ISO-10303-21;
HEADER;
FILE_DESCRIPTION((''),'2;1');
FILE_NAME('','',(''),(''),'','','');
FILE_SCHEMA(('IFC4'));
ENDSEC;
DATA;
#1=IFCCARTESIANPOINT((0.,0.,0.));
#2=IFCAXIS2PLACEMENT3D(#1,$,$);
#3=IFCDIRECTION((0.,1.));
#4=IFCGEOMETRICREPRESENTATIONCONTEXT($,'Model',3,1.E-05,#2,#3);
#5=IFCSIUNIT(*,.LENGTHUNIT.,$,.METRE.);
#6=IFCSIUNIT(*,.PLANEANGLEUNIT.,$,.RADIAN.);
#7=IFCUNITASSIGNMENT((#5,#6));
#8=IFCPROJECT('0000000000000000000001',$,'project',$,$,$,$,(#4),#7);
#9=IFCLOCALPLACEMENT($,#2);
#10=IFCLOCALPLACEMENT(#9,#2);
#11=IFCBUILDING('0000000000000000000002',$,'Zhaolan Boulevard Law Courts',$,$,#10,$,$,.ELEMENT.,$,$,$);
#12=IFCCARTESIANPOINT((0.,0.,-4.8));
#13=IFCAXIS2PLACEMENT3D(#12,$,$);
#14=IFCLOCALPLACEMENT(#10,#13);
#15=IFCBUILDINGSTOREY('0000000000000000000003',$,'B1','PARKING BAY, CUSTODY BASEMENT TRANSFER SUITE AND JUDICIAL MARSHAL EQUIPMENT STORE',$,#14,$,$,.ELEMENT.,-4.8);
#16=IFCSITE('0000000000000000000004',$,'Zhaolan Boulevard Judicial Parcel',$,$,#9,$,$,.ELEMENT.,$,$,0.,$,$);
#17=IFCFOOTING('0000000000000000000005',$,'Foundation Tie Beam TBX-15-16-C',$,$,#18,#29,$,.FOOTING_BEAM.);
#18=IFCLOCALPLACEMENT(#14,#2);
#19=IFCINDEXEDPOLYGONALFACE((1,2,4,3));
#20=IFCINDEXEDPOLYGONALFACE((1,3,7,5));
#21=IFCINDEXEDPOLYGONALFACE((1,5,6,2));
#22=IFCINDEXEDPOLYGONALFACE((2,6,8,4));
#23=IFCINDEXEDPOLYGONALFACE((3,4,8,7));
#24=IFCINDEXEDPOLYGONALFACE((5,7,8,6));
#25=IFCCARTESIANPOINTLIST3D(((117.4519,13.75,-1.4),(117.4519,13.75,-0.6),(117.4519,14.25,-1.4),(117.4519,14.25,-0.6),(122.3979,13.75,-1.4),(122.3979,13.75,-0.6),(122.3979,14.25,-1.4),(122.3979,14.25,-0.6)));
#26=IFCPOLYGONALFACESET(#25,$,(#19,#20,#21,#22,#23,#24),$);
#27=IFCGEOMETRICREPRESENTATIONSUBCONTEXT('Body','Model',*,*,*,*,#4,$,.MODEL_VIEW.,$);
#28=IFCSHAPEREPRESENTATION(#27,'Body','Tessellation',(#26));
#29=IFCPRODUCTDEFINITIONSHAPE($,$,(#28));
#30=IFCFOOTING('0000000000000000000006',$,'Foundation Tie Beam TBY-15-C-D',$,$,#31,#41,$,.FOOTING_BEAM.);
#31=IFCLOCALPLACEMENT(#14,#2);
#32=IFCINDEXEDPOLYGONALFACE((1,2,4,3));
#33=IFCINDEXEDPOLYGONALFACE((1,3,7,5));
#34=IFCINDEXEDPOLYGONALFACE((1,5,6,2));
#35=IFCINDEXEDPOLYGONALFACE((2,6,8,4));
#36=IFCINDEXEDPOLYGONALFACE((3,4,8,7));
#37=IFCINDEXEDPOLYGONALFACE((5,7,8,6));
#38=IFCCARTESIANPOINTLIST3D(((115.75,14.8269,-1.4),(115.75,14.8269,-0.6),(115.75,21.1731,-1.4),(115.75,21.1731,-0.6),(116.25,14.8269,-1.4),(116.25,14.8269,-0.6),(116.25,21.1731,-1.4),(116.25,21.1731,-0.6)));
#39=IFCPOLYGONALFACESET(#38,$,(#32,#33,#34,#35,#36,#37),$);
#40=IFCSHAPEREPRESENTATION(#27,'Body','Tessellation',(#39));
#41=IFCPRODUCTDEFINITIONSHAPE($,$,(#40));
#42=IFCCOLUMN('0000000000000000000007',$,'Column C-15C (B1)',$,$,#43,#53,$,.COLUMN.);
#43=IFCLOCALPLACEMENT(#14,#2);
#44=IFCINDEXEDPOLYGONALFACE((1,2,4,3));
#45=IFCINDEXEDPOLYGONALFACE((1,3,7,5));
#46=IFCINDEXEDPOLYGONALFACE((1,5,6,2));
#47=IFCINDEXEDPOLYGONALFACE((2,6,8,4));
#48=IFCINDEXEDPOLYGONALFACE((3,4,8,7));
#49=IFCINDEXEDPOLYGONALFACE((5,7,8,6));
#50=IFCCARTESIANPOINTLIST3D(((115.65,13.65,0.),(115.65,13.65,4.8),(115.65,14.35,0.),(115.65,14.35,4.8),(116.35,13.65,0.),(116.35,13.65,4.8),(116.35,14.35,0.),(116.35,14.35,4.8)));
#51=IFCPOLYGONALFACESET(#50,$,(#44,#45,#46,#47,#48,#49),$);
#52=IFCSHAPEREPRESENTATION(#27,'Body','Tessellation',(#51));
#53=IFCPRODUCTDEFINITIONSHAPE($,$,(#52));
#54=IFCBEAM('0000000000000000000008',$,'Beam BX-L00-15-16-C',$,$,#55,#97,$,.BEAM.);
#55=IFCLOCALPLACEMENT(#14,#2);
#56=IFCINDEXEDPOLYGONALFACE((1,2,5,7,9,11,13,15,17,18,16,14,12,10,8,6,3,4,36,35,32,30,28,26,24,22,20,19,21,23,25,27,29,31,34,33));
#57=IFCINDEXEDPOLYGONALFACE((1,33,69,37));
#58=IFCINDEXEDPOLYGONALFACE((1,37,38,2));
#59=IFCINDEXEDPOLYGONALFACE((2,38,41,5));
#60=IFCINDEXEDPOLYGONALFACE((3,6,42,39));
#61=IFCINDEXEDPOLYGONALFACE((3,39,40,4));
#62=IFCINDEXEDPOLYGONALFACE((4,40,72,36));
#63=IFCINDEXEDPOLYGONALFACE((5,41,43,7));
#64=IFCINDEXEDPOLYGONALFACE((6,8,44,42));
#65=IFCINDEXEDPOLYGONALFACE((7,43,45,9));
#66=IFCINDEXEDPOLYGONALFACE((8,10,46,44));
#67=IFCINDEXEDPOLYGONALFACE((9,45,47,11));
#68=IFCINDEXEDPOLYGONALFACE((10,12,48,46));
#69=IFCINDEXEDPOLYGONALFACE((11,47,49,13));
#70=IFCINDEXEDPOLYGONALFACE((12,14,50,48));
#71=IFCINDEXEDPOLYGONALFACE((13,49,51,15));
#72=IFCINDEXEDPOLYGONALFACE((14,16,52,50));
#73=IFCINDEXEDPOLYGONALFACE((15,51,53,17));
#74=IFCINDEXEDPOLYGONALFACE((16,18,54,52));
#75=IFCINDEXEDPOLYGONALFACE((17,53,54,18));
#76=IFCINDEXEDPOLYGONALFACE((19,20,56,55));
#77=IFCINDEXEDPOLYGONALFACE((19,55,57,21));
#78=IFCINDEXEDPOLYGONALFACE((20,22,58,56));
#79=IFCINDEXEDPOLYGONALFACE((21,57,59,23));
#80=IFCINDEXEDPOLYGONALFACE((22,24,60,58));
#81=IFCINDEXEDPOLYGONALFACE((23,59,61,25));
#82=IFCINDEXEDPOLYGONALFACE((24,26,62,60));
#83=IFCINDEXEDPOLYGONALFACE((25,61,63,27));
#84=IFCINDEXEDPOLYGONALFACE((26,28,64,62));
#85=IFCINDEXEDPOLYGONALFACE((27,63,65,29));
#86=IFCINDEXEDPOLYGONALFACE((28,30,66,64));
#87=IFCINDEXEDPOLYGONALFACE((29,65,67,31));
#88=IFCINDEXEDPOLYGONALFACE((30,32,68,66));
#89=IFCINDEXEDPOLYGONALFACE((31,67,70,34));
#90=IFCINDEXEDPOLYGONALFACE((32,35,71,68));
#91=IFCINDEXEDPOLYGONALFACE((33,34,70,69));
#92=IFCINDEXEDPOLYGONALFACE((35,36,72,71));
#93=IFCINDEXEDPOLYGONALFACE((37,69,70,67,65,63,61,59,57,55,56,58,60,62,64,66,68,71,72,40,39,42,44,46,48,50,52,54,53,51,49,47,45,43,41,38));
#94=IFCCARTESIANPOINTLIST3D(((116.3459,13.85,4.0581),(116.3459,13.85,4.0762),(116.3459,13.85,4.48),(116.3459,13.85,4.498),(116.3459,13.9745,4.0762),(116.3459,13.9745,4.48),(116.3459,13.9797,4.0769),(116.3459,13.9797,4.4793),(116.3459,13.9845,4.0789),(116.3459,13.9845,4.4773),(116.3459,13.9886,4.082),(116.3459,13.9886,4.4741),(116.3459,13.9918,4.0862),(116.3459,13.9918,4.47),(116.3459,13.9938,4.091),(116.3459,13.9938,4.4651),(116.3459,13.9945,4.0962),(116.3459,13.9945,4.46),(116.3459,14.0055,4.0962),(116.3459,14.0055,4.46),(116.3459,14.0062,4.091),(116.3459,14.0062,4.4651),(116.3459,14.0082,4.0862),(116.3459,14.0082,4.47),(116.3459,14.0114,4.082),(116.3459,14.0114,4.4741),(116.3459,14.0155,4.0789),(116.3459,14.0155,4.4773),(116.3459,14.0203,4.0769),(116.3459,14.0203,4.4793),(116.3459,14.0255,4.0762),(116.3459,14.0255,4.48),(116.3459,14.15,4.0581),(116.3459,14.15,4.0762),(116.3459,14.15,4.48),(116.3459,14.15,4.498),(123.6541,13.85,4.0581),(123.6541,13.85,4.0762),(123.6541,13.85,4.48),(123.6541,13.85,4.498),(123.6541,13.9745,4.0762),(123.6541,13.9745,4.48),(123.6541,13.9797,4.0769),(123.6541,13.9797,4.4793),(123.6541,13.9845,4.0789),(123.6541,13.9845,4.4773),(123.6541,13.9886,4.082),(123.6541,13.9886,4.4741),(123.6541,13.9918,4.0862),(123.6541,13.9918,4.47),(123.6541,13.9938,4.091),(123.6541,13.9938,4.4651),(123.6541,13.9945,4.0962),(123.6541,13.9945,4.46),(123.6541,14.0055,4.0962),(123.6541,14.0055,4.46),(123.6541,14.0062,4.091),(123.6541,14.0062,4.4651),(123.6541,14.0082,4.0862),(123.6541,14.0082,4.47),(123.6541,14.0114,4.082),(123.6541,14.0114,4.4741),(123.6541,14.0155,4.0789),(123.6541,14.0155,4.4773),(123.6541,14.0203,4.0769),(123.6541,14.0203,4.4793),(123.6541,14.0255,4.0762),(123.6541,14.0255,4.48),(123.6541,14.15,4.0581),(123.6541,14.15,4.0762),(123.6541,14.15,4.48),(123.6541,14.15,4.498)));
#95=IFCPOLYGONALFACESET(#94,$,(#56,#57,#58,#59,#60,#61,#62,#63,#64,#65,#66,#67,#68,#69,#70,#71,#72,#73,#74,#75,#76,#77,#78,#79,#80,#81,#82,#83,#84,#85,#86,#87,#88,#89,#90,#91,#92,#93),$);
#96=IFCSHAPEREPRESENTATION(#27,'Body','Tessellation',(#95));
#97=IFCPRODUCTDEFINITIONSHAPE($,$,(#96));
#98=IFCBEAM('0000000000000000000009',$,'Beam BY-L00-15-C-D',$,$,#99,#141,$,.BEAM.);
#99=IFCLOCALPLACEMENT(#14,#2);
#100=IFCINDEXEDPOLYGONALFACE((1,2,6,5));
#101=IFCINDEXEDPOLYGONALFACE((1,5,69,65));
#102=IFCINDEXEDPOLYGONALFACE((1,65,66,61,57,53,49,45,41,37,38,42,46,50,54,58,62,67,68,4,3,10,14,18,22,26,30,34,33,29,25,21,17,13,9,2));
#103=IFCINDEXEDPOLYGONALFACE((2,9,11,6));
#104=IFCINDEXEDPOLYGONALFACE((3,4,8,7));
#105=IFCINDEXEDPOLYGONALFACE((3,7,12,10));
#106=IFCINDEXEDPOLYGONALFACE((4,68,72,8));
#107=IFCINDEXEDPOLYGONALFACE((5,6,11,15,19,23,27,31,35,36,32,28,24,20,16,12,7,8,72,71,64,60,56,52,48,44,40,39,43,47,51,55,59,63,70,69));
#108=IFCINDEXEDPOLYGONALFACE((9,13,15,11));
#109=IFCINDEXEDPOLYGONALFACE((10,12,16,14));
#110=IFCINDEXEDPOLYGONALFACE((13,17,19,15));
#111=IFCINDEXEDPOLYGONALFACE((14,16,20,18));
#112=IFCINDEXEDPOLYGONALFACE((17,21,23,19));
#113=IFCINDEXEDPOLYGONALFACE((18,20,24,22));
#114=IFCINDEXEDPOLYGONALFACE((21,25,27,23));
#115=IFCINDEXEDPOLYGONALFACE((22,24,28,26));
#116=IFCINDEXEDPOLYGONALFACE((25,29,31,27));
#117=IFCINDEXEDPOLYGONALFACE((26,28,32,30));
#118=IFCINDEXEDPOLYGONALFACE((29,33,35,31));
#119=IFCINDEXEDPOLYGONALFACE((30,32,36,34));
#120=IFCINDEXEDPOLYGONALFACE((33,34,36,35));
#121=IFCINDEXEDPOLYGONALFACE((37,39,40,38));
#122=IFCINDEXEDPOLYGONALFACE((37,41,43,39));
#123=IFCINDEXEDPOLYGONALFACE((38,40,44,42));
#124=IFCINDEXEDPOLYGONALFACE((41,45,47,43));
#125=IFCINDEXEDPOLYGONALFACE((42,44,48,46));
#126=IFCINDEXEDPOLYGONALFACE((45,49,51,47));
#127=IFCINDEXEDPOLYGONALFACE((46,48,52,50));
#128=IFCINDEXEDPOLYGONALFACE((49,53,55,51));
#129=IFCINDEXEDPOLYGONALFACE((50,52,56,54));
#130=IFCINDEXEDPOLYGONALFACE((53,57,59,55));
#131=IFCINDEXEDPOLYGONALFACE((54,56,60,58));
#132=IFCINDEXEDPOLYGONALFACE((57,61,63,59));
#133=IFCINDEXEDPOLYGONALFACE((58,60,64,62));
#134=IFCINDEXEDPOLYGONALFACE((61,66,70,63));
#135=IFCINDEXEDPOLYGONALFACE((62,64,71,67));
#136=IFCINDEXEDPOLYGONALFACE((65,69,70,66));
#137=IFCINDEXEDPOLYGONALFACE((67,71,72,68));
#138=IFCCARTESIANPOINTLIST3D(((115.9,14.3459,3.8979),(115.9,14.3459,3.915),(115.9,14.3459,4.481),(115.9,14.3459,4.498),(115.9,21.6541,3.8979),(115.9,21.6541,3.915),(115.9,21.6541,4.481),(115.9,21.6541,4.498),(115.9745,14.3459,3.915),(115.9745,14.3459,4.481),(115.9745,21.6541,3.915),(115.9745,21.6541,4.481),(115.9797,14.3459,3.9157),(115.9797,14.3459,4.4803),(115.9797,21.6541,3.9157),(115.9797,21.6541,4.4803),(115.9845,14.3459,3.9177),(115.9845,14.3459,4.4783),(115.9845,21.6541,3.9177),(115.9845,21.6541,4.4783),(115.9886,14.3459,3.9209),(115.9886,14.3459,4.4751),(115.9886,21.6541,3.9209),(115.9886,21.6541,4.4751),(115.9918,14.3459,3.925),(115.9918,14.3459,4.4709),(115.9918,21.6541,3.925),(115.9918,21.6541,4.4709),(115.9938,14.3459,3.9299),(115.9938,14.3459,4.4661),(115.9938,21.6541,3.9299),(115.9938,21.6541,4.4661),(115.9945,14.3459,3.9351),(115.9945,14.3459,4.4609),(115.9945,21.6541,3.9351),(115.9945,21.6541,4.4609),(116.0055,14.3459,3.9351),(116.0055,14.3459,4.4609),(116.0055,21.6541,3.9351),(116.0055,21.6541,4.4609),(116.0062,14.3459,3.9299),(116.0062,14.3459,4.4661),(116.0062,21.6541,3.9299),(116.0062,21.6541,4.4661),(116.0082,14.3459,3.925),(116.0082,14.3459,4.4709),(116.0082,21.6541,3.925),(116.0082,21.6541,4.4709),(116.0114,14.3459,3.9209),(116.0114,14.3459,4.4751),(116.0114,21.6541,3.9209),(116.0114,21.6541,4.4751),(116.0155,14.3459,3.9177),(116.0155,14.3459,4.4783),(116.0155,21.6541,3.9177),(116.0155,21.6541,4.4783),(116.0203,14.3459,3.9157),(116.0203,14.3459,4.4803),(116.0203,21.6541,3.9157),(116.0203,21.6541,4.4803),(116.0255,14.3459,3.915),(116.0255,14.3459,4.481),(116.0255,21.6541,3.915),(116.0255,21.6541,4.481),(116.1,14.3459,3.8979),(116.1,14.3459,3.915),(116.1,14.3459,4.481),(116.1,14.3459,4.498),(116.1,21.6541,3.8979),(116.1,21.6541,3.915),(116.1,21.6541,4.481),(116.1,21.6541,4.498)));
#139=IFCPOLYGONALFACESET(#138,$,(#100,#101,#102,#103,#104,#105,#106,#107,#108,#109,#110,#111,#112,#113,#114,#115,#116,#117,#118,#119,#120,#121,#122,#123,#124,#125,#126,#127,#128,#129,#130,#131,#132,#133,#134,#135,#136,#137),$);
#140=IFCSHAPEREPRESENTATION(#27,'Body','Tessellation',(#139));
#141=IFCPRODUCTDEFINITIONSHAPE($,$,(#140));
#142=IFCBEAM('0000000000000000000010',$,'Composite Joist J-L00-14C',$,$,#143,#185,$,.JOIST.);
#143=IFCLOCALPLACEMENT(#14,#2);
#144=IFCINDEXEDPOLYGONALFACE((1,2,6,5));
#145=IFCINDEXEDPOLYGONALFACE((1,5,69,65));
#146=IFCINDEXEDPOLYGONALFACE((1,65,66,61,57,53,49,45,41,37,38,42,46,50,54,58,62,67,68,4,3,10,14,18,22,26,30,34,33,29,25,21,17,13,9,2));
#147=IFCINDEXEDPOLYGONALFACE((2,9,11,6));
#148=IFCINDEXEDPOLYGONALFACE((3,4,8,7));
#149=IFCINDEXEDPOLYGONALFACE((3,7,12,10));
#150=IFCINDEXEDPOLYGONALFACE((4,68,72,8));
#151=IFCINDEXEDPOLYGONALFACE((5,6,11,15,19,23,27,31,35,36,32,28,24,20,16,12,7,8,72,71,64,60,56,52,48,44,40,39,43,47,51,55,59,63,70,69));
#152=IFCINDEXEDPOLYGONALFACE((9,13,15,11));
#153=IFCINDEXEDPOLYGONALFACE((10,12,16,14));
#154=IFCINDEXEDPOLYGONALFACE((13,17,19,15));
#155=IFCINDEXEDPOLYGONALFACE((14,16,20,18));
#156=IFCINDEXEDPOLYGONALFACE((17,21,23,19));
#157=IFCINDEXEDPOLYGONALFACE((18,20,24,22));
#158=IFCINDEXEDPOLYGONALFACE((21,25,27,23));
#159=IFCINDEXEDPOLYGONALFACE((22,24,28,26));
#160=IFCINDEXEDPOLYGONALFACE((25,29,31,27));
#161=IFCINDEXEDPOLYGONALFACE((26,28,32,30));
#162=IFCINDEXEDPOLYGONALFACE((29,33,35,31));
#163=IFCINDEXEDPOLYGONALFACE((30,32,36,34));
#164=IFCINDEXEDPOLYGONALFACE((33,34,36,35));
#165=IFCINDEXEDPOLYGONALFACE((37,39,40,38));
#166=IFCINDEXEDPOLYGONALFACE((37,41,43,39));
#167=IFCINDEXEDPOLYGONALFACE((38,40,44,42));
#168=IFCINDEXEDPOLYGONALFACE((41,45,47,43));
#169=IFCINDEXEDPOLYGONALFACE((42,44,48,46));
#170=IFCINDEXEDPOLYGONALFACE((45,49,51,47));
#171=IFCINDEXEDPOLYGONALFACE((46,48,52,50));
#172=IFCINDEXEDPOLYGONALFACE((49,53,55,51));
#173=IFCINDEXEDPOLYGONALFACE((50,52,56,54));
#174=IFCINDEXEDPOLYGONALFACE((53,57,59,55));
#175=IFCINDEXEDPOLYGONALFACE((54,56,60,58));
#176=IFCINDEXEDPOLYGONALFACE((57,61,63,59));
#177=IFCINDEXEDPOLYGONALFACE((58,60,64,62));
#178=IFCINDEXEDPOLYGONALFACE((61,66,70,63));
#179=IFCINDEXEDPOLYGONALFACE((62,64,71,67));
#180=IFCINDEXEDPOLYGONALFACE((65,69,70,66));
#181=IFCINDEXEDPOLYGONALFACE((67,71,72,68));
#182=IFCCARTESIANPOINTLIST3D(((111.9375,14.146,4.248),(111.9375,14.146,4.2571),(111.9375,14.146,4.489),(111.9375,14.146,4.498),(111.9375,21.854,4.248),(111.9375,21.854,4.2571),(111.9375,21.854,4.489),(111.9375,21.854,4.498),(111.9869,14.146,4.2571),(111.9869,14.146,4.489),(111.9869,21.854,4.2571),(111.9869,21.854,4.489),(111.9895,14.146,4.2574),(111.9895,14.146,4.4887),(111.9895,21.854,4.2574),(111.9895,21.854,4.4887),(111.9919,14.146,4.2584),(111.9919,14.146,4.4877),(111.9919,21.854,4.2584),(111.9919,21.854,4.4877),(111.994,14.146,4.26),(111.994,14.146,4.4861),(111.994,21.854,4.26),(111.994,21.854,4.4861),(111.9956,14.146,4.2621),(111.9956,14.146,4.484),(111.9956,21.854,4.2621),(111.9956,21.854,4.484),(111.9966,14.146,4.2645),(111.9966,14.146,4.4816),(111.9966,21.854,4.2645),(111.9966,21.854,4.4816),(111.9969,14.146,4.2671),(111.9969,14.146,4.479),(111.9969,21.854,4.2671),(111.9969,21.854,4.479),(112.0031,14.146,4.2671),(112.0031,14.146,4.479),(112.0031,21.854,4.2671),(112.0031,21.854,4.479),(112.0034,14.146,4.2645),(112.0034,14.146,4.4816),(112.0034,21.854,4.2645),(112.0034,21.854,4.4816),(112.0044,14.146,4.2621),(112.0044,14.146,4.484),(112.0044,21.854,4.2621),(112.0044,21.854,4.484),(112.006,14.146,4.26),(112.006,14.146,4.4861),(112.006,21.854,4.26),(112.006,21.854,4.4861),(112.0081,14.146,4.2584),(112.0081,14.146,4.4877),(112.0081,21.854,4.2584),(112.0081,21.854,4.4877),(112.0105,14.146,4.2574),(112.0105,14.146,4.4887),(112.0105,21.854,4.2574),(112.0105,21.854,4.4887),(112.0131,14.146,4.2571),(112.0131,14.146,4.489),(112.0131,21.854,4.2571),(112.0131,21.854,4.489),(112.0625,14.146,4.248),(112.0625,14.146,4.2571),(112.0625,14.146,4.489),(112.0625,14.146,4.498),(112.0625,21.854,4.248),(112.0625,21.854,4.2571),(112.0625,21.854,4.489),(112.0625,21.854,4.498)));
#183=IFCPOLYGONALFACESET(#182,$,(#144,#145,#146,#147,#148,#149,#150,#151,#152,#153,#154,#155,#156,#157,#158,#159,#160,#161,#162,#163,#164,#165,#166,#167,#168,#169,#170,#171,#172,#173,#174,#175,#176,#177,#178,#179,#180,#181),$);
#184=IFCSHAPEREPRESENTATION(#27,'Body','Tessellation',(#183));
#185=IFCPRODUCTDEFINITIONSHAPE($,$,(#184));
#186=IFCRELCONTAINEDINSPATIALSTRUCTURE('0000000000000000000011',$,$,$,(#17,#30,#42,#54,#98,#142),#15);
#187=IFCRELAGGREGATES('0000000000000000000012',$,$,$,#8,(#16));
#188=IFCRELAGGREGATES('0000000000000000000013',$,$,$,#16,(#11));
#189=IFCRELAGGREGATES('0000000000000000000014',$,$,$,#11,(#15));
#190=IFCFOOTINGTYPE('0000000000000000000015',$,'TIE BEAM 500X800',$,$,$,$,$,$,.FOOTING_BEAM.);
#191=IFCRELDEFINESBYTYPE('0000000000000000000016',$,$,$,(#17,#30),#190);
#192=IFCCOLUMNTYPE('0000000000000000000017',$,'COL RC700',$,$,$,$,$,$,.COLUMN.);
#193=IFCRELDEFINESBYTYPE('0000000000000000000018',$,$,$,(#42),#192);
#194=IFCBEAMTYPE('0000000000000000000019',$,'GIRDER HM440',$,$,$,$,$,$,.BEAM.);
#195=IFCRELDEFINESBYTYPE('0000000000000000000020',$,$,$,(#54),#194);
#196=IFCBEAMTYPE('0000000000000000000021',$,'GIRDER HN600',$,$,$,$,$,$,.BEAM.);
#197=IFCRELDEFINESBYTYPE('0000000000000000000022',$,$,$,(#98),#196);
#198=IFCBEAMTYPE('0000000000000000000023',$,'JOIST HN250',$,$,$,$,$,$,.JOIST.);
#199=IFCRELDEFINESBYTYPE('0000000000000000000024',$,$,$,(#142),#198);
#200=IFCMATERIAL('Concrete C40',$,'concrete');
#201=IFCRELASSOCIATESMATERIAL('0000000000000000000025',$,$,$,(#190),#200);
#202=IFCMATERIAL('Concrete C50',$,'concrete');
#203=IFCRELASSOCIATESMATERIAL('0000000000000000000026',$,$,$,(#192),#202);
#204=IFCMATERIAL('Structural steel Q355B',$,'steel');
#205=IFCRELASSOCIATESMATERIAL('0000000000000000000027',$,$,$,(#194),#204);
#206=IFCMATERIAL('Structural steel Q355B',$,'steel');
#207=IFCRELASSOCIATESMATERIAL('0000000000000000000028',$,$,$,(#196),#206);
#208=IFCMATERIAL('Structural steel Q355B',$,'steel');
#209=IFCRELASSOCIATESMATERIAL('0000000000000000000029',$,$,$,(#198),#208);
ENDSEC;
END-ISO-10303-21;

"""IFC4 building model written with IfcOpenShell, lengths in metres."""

from ifc_helpers import new_model, si_unit, direction, frame, origin, origin_2d, place, context, subcontext, project, spatial, rectangle, i_section, extrude, material, material_profile, profile_set, type_object, element, save


model = new_model("IFC4")

# Units and contexts
model_context = context("Model", 3, precision=1e-05, world=origin(), true_north=direction((0.0, 1.0)))
body_context = subcontext(model_context, "Body", "Model", "MODEL_VIEW")
ifc_project = project(units=[si_unit("LENGTHUNIT", "METRE"), si_unit("PLANEANGLEUNIT", "RADIAN")], contexts=[model_context])

# Site, building, storey
site_placement = place(None, origin())
site = spatial("IfcSite", under=ifc_project, at=site_placement, Name="Zhaolan Boulevard Judicial Parcel", CompositionType="ELEMENT", RefElevation=0.0)
building_placement = place(site_placement, origin())
building = spatial("IfcBuilding", under=site, at=building_placement, Name="Zhaolan Boulevard Law Courts", CompositionType="ELEMENT")
storey_placement = place(building_placement, frame((0.0, 0.0, -4.8)))
storey = spatial("IfcBuildingStorey", under=building, at=storey_placement, Name="B1", Description="PARKING BAY, CUSTODY BASEMENT TRANSFER SUITE AND JUDICIAL MARSHAL EQUIPMENT STORE", CompositionType="ELEMENT", Elevation=-4.8)

# Footings
ifc_material_1 = material(Name="Concrete C40", Category="concrete")
ifc_material_profile_1 = material_profile(ifc_material_1, rectangle(XDim=0.5, YDim=0.8, at=origin_2d()), Name="RC500x800")
ifc_profile_set_1 = profile_set([ifc_material_profile_1], Name="Concrete C40")
footing_type_1 = type_object("IfcFootingType", Name="TIE BEAM 500X800", PredefinedType="FOOTING_BEAM", material=ifc_profile_set_1)
footing_1_placement = place(storey_placement, frame((117.4519, 14.0, -1.0), z_axis=(1.0, 0.0, 0.0), x_axis=(0.0, 1.0, 0.0)))
element("IfcFooting", 1, at=footing_1_placement, inside=storey, type_object=footing_type_1, Name="Foundation Tie Beam TBX-15-16-C", PredefinedType="FOOTING_BEAM", context=body_context, shape_type="SweptSolid", body=[
    extrude(rectangle(XDim=0.5, YDim=0.8, at=origin_2d()), origin(), (0.0, 0.0, 1.0), 4.946),
])
footing_2_placement = place(storey_placement, frame((116.0, 14.8269, -1.0), z_axis=(0.0, 1.0, 0.0), x_axis=(-1.0, 0.0, 0.0)))
element("IfcFooting", 2, at=footing_2_placement, inside=storey, type_object=footing_type_1, Name="Foundation Tie Beam TBY-15-C-D", PredefinedType="FOOTING_BEAM", context=body_context, shape_type="SweptSolid", body=[
    extrude(rectangle(XDim=0.5, YDim=0.8, at=origin_2d()), origin(), (0.0, 0.0, 1.0), 6.3462),
])

# Column
ifc_material_2 = material(Name="Concrete C50", Category="concrete")
ifc_material_profile_2 = material_profile(ifc_material_2, rectangle(XDim=0.7, YDim=0.7, at=origin_2d()), Name="RC700x700")
ifc_profile_set_2 = profile_set([ifc_material_profile_2], Name="Concrete C50")
column_type = type_object("IfcColumnType", Name="COL RC700", PredefinedType="COLUMN", material=ifc_profile_set_2)
column_placement = place(storey_placement, frame((116.0, 14.0, 0.0), z_axis=(0.0, 0.0, 1.0), x_axis=(1.0, 0.0, 0.0)))
element("IfcColumn", 3, at=column_placement, inside=storey, type_object=column_type, Name="Column C-15C (B1)", PredefinedType="COLUMN", context=body_context, shape_type="SweptSolid", body=[
    extrude(rectangle(XDim=0.7, YDim=0.7, at=origin_2d()), origin(), (0.0, 0.0, 1.0), 4.8),
])

# Beams
ifc_material_3 = material(Name="Structural steel Q355B", Category="steel")
ifc_material_profile_3 = material_profile(ifc_material_3, i_section(OverallWidth=0.3, OverallDepth=0.4399, WebThickness=0.011, FlangeThickness=0.0181, FilletRadius=0.02, at=origin_2d()), Name="HM440x300")
ifc_profile_set_3 = profile_set([ifc_material_profile_3], Name="Structural steel Q355B")
beam_type_1 = type_object("IfcBeamType", Name="GIRDER HM440", PredefinedType="BEAM", material=ifc_profile_set_3)
beam_1_placement = place(storey_placement, frame((116.3459, 14.0, 4.2781), z_axis=(1.0, 0.0, 0.0), x_axis=(0.0, 1.0, 0.0)))
element("IfcBeam", 4, at=beam_1_placement, inside=storey, type_object=beam_type_1, Name="Beam BX-L00-15-16-C", PredefinedType="BEAM", context=body_context, shape_type="SweptSolid", body=[
    extrude(i_section(OverallWidth=0.3, OverallDepth=0.4399, WebThickness=0.011, FlangeThickness=0.0181, FilletRadius=0.02, at=origin_2d()), origin(), (0.0, 0.0, 1.0), 7.3081),
])
ifc_material_4 = material(Name="Structural steel Q355B", Category="steel")
ifc_material_profile_4 = material_profile(ifc_material_4, i_section(OverallWidth=0.2, OverallDepth=0.6001, WebThickness=0.011, FlangeThickness=0.0171, FilletRadius=0.02, at=origin_2d()), Name="HN600x200")
ifc_profile_set_4 = profile_set([ifc_material_profile_4], Name="Structural steel Q355B")
beam_type_2 = type_object("IfcBeamType", Name="GIRDER HN600", PredefinedType="BEAM", material=ifc_profile_set_4)
beam_2_placement = place(storey_placement, frame((116.0, 14.3459, 4.198), z_axis=(0.0, 1.0, 0.0), x_axis=(-1.0, 0.0, 0.0)))
element("IfcBeam", 5, at=beam_2_placement, inside=storey, type_object=beam_type_2, Name="Beam BY-L00-15-C-D", PredefinedType="BEAM", context=body_context, shape_type="SweptSolid", body=[
    extrude(i_section(OverallWidth=0.2, OverallDepth=0.6001, WebThickness=0.011, FlangeThickness=0.0171, FilletRadius=0.02, at=origin_2d()), origin(), (0.0, 0.0, 1.0), 7.3081),
])
ifc_material_5 = material(Name="Structural steel Q355B", Category="steel")
ifc_material_profile_5 = material_profile(ifc_material_5, i_section(OverallWidth=0.125, OverallDepth=0.25, WebThickness=0.0061, FlangeThickness=0.009, FilletRadius=0.01, at=origin_2d()), Name="HN250x125")
ifc_profile_set_5 = profile_set([ifc_material_profile_5], Name="Structural steel Q355B")
beam_type_3 = type_object("IfcBeamType", Name="JOIST HN250", PredefinedType="JOIST", material=ifc_profile_set_5)
beam_3_placement = place(storey_placement, frame((112.0, 14.146, 4.373), z_axis=(0.0, 1.0, 0.0), x_axis=(-1.0, 0.0, 0.0)))
element("IfcBeam", 6, at=beam_3_placement, inside=storey, type_object=beam_type_3, Name="Composite Joist J-L00-14C", PredefinedType="JOIST", context=body_context, shape_type="SweptSolid", body=[
    extrude(i_section(OverallWidth=0.125, OverallDepth=0.25, WebThickness=0.0061, FlangeThickness=0.009, FilletRadius=0.01, at=origin_2d()), origin(), (0.0, 0.0, 1.0), 7.708),
])

save(model, "model.ifc")
